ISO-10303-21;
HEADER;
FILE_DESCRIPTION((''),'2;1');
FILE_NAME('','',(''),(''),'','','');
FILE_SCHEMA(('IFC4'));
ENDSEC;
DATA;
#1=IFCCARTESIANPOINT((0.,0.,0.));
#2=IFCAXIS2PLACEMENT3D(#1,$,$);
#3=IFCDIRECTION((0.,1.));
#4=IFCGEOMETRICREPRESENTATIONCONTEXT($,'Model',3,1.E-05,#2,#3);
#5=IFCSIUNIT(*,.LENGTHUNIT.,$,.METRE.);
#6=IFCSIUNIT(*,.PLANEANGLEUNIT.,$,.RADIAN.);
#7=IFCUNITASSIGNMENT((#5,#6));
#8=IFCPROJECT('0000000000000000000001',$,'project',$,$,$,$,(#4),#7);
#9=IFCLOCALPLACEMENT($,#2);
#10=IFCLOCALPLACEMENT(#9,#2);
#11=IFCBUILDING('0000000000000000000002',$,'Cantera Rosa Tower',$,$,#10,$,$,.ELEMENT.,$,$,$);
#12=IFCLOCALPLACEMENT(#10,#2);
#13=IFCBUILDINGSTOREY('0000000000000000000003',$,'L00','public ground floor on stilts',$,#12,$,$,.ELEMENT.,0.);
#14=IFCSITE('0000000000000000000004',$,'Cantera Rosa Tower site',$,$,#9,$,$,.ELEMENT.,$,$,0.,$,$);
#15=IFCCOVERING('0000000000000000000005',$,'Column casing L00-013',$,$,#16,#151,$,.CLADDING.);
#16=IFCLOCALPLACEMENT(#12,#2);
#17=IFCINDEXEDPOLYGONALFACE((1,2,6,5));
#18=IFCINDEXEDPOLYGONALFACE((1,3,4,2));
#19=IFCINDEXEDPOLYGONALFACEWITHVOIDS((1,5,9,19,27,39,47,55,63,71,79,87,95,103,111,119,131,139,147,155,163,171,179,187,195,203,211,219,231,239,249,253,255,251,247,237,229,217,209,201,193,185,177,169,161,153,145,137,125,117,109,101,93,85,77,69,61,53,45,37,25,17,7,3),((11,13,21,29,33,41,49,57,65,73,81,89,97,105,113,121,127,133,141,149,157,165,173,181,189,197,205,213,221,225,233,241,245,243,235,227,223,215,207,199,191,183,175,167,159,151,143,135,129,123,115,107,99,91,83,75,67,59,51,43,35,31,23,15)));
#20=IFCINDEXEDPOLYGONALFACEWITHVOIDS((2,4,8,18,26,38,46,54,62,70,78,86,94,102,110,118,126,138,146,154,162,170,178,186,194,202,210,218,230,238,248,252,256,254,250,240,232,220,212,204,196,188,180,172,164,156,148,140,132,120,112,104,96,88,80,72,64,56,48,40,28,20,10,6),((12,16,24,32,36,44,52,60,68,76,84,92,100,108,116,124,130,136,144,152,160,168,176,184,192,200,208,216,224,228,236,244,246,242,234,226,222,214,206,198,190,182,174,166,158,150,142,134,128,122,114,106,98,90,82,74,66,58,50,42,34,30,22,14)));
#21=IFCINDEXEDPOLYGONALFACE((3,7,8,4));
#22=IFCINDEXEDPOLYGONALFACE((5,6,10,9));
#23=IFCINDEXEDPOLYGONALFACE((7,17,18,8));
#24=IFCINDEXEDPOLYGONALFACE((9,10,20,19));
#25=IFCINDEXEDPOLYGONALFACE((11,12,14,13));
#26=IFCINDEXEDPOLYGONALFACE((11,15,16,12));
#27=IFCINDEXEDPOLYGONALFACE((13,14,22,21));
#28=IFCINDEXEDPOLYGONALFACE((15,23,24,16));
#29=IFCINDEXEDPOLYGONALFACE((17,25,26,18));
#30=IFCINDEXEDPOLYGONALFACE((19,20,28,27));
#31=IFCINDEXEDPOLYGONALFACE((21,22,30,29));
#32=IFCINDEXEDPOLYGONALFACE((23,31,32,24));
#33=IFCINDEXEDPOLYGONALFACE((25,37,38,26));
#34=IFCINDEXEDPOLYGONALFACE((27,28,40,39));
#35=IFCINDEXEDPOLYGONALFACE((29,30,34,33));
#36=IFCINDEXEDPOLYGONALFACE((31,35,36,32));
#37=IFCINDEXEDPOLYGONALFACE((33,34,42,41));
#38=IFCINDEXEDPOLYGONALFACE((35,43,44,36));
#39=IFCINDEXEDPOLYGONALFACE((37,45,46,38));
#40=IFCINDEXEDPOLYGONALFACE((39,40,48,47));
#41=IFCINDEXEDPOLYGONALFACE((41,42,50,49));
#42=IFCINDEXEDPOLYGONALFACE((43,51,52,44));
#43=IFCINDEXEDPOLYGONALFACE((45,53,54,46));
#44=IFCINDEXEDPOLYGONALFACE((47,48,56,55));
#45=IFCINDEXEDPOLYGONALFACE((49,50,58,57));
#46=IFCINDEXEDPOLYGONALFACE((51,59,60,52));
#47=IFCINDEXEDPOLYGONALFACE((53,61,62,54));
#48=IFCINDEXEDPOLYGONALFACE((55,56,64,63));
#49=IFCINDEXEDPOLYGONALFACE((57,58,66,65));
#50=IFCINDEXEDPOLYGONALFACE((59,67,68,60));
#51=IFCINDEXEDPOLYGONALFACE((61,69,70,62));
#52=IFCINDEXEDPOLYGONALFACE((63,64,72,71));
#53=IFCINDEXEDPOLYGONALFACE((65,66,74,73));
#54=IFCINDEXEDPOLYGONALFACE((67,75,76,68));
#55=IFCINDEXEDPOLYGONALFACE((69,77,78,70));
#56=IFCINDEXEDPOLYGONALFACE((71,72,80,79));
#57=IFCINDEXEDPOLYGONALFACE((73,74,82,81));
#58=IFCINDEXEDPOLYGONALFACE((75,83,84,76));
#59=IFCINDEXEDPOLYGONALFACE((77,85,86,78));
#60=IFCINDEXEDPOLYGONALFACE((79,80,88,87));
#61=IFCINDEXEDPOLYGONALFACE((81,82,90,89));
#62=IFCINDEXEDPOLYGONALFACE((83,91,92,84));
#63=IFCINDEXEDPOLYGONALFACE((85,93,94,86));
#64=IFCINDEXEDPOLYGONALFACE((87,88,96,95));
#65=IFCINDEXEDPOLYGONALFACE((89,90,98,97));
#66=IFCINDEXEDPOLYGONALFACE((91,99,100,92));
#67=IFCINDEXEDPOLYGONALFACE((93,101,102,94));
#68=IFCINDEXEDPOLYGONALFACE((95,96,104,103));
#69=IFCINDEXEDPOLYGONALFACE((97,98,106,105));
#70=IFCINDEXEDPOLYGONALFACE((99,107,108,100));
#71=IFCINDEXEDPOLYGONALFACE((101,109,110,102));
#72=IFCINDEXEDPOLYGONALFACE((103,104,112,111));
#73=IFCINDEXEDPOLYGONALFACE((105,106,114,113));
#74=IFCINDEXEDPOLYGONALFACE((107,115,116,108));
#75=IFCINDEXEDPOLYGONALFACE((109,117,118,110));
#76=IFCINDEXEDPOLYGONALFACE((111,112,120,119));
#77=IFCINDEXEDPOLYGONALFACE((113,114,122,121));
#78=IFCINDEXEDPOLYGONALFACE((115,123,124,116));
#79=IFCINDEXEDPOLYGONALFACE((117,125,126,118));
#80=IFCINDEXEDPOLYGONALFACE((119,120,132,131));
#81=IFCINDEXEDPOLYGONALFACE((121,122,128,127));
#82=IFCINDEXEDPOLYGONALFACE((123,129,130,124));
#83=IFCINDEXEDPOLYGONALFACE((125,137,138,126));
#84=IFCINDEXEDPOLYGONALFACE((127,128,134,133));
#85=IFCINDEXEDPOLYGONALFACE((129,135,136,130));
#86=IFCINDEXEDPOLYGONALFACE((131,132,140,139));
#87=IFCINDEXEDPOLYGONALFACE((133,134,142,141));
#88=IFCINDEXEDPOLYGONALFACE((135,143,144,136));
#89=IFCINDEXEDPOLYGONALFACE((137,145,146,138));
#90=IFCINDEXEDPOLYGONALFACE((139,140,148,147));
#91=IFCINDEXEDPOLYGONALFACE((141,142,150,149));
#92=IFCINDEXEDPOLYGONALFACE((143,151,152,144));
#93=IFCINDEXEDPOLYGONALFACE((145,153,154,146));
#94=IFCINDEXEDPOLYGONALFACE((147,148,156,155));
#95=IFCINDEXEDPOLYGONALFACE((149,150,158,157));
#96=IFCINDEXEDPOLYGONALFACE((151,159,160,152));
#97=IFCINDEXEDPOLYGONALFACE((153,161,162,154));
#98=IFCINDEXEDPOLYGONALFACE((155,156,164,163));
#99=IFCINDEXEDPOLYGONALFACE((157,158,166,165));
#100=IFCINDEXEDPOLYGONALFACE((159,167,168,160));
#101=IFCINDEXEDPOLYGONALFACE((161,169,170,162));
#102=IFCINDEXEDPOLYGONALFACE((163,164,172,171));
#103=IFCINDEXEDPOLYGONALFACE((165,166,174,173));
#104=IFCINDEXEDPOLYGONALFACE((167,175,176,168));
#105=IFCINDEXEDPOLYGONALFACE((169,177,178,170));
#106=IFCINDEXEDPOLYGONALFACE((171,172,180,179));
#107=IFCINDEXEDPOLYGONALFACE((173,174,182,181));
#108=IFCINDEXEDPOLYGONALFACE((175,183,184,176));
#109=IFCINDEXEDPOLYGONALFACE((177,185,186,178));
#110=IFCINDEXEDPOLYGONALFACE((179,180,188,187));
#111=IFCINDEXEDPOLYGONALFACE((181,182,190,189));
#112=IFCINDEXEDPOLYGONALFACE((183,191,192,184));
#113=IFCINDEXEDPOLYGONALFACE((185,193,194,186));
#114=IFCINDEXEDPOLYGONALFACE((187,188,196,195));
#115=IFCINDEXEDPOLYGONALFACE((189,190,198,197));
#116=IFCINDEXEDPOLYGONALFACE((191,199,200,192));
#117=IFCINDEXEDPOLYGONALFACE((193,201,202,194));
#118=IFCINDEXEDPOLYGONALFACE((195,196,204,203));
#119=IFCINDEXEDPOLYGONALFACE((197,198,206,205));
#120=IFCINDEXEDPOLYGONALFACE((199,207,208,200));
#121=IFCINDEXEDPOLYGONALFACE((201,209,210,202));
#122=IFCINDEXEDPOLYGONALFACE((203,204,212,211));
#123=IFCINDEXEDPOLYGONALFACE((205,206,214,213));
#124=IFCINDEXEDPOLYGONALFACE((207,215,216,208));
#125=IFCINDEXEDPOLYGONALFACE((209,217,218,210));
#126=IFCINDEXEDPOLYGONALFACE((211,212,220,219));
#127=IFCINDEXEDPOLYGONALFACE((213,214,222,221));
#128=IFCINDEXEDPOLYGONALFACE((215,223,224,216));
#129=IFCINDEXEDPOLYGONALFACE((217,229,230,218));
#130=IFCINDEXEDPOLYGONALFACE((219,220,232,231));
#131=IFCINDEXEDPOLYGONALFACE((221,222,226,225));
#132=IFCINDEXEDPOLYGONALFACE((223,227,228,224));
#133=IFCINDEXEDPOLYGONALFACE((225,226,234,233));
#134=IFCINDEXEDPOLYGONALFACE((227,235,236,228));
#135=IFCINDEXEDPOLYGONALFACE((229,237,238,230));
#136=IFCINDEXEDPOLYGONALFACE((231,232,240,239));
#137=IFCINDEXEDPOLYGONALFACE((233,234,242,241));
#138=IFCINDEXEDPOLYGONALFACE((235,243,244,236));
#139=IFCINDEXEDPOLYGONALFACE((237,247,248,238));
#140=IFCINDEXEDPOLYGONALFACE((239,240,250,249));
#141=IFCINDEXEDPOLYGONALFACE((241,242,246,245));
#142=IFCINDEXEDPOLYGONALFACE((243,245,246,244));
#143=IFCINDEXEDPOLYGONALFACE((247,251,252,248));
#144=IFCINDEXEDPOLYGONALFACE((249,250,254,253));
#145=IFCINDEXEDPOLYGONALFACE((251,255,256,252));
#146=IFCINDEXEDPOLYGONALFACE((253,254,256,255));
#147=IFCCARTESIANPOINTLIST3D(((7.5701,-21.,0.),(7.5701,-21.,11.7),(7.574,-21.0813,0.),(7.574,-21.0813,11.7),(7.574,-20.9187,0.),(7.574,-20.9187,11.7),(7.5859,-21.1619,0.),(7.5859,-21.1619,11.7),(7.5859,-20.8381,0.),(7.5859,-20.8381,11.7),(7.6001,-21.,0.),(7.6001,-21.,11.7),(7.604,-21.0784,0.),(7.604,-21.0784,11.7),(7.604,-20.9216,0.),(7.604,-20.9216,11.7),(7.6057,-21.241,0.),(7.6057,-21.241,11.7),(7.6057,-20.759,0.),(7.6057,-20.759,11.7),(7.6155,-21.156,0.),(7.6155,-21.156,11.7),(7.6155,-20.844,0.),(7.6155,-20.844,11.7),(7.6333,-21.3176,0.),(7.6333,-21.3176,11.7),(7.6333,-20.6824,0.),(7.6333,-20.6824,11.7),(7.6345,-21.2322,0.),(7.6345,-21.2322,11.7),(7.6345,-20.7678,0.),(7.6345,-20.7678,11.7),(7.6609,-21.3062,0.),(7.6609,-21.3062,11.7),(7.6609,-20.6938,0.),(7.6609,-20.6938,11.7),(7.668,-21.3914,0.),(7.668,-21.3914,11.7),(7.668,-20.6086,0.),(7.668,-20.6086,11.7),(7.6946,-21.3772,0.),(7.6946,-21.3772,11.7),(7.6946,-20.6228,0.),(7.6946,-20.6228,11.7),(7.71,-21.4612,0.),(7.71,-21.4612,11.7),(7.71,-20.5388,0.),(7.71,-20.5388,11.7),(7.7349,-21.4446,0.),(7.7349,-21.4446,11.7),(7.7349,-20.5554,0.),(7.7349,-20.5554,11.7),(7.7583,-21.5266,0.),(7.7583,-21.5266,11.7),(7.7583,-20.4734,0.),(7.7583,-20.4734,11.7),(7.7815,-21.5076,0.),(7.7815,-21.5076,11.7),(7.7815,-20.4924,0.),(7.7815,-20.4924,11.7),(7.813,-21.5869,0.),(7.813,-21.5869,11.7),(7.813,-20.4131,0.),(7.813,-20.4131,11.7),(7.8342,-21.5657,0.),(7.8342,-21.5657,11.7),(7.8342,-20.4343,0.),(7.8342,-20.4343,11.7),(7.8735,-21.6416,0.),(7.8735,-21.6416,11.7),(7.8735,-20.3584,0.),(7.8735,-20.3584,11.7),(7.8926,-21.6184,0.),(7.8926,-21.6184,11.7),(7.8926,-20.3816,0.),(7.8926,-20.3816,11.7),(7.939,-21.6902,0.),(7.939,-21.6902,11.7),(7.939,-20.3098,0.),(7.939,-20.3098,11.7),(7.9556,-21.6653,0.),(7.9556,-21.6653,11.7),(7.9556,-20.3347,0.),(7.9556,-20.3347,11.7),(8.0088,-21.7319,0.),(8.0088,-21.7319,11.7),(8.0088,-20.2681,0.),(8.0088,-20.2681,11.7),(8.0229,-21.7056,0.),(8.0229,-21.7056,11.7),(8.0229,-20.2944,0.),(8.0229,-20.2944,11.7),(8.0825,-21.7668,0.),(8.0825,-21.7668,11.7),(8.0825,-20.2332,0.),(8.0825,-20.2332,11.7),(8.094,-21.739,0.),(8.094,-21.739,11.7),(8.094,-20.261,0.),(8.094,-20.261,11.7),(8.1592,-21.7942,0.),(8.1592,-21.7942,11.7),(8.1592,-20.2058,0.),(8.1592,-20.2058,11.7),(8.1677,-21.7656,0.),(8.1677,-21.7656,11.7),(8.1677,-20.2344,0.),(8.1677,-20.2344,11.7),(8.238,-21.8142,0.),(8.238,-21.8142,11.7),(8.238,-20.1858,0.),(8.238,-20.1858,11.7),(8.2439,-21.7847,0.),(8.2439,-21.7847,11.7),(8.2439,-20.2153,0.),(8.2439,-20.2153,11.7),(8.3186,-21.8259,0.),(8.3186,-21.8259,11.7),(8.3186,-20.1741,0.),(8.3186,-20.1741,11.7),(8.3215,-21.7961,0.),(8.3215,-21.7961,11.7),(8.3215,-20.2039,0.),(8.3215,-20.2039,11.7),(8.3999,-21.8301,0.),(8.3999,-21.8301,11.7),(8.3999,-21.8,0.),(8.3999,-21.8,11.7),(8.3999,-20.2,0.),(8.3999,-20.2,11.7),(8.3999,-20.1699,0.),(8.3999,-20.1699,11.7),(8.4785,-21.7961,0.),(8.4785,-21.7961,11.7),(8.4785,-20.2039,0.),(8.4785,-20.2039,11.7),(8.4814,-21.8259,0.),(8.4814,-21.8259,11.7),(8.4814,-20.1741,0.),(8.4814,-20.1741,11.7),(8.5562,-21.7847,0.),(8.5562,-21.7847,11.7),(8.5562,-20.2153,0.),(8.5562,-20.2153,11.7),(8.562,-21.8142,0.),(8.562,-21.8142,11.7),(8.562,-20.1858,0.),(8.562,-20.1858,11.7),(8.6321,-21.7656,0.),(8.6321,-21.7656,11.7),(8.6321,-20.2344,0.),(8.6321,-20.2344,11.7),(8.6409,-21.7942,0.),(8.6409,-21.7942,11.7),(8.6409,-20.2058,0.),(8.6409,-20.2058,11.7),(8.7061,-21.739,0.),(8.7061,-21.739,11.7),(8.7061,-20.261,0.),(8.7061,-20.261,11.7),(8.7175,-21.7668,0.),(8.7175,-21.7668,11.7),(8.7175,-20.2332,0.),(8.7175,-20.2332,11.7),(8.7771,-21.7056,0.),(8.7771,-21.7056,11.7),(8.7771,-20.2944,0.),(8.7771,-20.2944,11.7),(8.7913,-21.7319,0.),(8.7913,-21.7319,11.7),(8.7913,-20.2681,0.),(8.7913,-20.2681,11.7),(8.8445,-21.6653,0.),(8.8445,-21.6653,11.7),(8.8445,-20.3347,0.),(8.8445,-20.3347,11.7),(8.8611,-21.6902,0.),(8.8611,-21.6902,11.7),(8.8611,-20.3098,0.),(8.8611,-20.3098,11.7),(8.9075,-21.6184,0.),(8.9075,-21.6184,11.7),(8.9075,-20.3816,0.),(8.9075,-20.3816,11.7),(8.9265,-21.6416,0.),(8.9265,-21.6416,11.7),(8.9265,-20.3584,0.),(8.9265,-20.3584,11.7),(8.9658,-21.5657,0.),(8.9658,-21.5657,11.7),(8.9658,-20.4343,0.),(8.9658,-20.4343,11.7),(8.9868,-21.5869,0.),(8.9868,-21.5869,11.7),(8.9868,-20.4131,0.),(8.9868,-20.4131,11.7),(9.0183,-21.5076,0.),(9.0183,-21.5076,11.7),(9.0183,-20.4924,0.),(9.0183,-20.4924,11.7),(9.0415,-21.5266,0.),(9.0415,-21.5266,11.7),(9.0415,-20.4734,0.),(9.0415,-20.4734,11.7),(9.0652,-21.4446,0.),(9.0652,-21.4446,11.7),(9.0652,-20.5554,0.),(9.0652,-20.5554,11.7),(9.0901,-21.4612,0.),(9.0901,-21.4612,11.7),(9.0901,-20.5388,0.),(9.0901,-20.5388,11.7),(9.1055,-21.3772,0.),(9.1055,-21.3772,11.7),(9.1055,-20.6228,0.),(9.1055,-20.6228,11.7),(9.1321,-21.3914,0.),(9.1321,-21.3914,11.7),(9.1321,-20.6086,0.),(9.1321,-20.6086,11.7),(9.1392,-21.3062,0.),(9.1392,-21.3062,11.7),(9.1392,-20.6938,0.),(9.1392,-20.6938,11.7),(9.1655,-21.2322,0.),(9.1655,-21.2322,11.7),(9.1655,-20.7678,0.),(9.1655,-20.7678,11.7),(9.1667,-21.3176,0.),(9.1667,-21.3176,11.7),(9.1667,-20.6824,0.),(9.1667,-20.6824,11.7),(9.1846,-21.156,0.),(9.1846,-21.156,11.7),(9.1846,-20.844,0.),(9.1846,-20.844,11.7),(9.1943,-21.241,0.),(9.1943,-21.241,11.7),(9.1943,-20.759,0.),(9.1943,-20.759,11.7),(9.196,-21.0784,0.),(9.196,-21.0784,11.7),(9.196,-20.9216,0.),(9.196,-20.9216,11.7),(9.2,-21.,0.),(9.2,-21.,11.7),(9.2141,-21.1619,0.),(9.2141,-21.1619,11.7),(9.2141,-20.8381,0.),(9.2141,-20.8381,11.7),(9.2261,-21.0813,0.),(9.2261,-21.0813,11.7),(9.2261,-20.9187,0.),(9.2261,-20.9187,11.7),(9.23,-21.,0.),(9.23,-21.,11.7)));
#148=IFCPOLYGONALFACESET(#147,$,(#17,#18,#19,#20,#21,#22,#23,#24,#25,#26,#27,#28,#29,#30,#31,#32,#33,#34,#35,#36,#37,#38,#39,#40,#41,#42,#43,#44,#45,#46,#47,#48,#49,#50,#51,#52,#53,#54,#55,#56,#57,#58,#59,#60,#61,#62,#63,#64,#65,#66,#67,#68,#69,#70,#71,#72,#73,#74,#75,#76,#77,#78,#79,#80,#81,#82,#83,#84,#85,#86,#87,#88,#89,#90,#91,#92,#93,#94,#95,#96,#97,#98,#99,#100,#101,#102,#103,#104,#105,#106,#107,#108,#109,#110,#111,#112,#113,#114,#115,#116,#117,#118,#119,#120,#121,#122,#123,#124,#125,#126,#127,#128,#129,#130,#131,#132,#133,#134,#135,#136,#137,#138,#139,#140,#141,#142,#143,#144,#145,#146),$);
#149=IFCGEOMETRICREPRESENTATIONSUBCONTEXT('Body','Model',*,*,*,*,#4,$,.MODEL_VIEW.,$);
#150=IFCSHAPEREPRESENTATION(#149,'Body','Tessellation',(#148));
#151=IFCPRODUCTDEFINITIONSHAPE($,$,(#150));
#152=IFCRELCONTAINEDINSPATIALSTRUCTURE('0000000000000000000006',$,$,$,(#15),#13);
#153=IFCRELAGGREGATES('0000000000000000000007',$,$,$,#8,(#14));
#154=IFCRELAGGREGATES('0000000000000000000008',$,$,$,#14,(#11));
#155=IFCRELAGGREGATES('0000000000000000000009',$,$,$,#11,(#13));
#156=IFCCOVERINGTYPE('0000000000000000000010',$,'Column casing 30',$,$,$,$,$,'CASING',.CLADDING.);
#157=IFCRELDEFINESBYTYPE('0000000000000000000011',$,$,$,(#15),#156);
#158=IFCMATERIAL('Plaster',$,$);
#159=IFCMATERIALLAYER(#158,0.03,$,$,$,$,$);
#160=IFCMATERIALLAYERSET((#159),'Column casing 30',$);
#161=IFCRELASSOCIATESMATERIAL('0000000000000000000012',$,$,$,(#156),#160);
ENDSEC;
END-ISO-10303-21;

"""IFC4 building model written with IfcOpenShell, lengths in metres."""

from ifc_helpers import new_model, si_unit, direction, origin, place, context, subcontext, project, spatial, polyline, outline, extrude, material, layer, layer_set, type_object, element, save


model = new_model("IFC4")

# Units and contexts
model_context = context("Model", 3, precision=1e-05, world=origin(), true_north=direction((0.0, 1.0)))
body_context = subcontext(model_context, "Body", "Model", "MODEL_VIEW")
ifc_project = project(units=[si_unit("LENGTHUNIT", "METRE"), si_unit("PLANEANGLEUNIT", "RADIAN")], contexts=[model_context])

# Site, building, storey
site_placement = place(None, origin())
site = spatial("IfcSite", under=ifc_project, at=site_placement, Name="Cantera Rosa Tower site", CompositionType="ELEMENT", RefElevation=0.0)
building_placement = place(site_placement, origin())
building = spatial("IfcBuilding", under=site, at=building_placement, Name="Cantera Rosa Tower", CompositionType="ELEMENT")
storey_placement = place(building_placement, origin())
storey = spatial("IfcBuildingStorey", under=building, at=storey_placement, Name="L00", Description="public ground floor on stilts", CompositionType="ELEMENT", Elevation=0.0)

# Covering
ifc_material_1 = material(Name="Plaster")
ifc_layer_1 = layer(ifc_material_1, 0.03)
ifc_layer_set_1 = layer_set([ifc_layer_1], Name="Column casing 30")
covering_type = type_object("IfcCoveringType", Name="Column casing 30", ElementType="CASING", PredefinedType="CLADDING", material=ifc_layer_set_1)
covering_1_placement = place(storey_placement, origin())
element("IfcCovering", 1, at=covering_1_placement, inside=storey, type_object=covering_type, Name="Column casing L00-013", PredefinedType="CLADDING", context=body_context, shape_type="SweptSolid", body=[
    extrude(outline(polyline([(9.2261, -21.0813), (9.23, -21.0), (9.2261, -20.9187), (9.2141, -20.8381), (9.1943, -20.759), (9.1667, -20.6824), (9.1321, -20.6086), (9.0901, -20.5388), (9.0415, -20.4734), (8.9868, -20.4131), (8.9265, -20.3584), (8.8611, -20.3098), (8.7913, -20.2681), (8.7175, -20.2332), (8.6409, -20.2058), (8.562, -20.1858), (8.4814, -20.1741), (8.3999, -20.1699), (8.3186, -20.1741), (8.238, -20.1858), (8.1592, -20.2058), (8.0825, -20.2332), (8.0088, -20.2681), (7.939, -20.3098), (7.8735, -20.3584), (7.813, -20.4131), (7.7583, -20.4734), (7.71, -20.5388), (7.668, -20.6086), (7.6333, -20.6824), (7.6057, -20.759), (7.5859, -20.8381), (7.574, -20.9187), (7.5701, -21.0), (7.574, -21.0813), (7.5859, -21.1619), (7.6057, -21.241), (7.6333, -21.3176), (7.668, -21.3914), (7.71, -21.4612), (7.7583, -21.5266), (7.813, -21.5869), (7.8735, -21.6416), (7.939, -21.6902), (8.0088, -21.7319), (8.0825, -21.7668), (8.1592, -21.7942), (8.238, -21.8142), (8.3186, -21.8259), (8.3999, -21.8301), (8.4814, -21.8259), (8.562, -21.8142), (8.6409, -21.7942), (8.7175, -21.7668), (8.7913, -21.7319), (8.8611, -21.6902), (8.9265, -21.6416), (8.9868, -21.5869), (9.0415, -21.5266), (9.0901, -21.4612), (9.1321, -21.3914), (9.1667, -21.3176), (9.1943, -21.241), (9.2141, -21.1619), (9.2261, -21.0813)]), holes=[polyline([(9.196, -20.9216), (9.1846, -20.844), (9.1655, -20.7678), (9.1392, -20.6938), (9.1055, -20.6228), (9.0652, -20.5554), (9.0183, -20.4924), (8.9658, -20.4343), (8.9075, -20.3816), (8.8445, -20.3347), (8.7771, -20.2944), (8.7061, -20.261), (8.6321, -20.2344), (8.5562, -20.2153), (8.4785, -20.2039), (8.3999, -20.2), (8.3215, -20.2039), (8.2439, -20.2153), (8.1677, -20.2344), (8.094, -20.261), (8.0229, -20.2944), (7.9556, -20.3347), (7.8926, -20.3816), (7.8342, -20.4343), (7.7815, -20.4924), (7.7349, -20.5554), (7.6946, -20.6228), (7.6609, -20.6938), (7.6345, -20.7678), (7.6155, -20.844), (7.604, -20.9216), (7.6001, -21.0), (7.604, -21.0784), (7.6155, -21.156), (7.6345, -21.2322), (7.6609, -21.3062), (7.6946, -21.3772), (7.7349, -21.4446), (7.7815, -21.5076), (7.8342, -21.5657), (7.8926, -21.6184), (7.9556, -21.6653), (8.0229, -21.7056), (8.094, -21.739), (8.1677, -21.7656), (8.2439, -21.7847), (8.3215, -21.7961), (8.3999, -21.8), (8.4785, -21.7961), (8.5562, -21.7847), (8.6321, -21.7656), (8.7061, -21.739), (8.7771, -21.7056), (8.8445, -21.6653), (8.9075, -21.6184), (8.9658, -21.5657), (9.0183, -21.5076), (9.0652, -21.4446), (9.1055, -21.3772), (9.1392, -21.3062), (9.1655, -21.2322), (9.1846, -21.156), (9.196, -21.0784), (9.2, -21.0), (9.196, -20.9216)])]), origin(), (0.0, 0.0, 1.0), 11.7),
])

save(model, "model.ifc")
